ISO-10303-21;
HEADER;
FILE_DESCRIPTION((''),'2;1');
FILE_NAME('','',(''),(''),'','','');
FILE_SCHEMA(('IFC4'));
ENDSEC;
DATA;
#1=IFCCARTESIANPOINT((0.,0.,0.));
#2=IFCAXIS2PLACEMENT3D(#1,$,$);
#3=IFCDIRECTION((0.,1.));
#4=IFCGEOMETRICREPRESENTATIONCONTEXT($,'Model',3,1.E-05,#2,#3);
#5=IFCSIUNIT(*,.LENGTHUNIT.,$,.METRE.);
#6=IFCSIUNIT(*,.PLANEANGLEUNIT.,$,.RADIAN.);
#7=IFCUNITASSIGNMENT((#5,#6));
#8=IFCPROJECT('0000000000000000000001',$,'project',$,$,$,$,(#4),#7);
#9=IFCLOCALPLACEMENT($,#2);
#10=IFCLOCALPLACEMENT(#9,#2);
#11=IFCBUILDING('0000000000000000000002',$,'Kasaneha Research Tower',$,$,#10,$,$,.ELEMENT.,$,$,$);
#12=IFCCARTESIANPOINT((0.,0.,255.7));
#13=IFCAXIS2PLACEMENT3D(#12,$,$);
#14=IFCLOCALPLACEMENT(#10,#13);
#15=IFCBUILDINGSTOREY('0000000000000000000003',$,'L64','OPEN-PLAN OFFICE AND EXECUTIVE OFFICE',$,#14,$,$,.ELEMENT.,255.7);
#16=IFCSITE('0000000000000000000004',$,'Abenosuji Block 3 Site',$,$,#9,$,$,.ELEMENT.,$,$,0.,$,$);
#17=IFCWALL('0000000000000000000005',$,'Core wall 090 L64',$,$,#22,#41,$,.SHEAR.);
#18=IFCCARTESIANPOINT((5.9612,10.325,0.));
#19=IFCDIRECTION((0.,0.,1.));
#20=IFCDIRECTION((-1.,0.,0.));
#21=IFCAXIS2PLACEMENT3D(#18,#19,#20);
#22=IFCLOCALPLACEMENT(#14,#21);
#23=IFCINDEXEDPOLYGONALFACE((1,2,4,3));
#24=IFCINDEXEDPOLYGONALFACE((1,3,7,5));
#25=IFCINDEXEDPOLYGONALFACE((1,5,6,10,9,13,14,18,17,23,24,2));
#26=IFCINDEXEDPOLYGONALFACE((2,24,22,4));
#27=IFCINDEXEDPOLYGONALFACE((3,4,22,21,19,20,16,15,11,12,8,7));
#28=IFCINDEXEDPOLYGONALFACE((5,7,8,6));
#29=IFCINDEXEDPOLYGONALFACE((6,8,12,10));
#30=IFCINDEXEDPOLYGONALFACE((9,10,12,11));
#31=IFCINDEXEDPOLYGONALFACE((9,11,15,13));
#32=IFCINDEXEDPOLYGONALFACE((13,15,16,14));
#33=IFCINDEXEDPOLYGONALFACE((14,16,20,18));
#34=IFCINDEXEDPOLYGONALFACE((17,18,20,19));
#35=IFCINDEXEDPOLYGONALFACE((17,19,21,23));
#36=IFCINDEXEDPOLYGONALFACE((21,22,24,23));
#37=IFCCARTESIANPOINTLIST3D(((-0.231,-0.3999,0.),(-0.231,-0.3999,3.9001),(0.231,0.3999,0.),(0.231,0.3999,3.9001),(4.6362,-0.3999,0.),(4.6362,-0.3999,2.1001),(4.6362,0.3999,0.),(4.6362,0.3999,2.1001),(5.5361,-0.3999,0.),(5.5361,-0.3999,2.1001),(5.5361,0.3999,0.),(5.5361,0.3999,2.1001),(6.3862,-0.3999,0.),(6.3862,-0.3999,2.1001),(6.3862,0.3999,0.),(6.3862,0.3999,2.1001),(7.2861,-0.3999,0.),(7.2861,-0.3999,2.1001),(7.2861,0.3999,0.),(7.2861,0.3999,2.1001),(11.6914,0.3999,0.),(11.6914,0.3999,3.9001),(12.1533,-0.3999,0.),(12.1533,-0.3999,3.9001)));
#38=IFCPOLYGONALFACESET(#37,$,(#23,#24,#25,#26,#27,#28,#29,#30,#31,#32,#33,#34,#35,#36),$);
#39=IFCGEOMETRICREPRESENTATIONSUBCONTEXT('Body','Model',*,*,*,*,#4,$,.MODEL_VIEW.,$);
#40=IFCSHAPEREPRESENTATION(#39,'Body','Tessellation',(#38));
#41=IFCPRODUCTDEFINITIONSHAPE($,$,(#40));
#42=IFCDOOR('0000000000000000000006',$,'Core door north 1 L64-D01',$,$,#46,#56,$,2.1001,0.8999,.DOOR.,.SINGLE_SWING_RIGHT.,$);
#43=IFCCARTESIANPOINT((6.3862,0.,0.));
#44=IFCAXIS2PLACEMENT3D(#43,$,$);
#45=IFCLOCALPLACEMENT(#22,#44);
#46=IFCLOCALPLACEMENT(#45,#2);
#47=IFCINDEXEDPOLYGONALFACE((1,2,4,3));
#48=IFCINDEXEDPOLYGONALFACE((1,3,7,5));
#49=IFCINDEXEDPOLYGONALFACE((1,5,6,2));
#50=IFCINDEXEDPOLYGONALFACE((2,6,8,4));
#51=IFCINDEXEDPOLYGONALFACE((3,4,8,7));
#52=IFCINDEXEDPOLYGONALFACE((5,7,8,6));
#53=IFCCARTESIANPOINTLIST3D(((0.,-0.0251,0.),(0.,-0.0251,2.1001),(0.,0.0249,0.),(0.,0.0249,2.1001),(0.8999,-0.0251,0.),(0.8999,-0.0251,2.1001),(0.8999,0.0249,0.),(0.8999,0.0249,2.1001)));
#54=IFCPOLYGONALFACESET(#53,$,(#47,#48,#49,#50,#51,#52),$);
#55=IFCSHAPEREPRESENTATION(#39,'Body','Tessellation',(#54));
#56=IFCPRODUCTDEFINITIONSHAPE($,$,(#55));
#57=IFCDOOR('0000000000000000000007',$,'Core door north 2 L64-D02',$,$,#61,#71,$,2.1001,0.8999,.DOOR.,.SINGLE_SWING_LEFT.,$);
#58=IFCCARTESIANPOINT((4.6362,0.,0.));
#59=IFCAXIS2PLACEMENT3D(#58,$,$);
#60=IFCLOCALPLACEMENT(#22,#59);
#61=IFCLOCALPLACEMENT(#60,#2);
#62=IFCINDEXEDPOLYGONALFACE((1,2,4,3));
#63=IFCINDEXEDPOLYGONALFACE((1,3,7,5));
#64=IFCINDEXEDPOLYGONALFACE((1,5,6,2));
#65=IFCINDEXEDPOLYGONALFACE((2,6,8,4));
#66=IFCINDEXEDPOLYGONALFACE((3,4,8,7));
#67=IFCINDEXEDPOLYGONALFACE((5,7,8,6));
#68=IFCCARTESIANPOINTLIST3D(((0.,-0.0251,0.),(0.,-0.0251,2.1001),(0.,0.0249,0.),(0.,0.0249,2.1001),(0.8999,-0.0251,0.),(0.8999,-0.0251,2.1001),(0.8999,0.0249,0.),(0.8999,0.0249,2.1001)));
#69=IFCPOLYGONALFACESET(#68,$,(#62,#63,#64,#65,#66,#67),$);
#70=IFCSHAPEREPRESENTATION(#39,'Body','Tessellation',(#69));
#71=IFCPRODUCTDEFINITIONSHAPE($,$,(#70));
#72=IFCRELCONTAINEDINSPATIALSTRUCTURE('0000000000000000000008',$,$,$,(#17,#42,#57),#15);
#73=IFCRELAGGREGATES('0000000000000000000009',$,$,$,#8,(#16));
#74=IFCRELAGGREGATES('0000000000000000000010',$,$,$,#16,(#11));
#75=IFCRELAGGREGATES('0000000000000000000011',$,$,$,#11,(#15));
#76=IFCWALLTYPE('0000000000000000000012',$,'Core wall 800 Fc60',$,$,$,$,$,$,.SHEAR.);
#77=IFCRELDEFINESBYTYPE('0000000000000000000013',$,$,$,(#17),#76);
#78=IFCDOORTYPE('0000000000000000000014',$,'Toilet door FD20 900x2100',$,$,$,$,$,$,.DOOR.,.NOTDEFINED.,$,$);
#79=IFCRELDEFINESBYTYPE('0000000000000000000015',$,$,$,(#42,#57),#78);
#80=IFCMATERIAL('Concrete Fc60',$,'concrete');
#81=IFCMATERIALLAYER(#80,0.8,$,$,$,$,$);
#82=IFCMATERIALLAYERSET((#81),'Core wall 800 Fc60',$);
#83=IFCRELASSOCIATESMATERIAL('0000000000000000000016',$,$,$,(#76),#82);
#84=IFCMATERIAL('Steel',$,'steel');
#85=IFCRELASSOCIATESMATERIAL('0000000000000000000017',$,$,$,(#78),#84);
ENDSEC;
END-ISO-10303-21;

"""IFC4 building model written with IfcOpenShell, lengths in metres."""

from ifc_helpers import new_model, si_unit, direction, frame, frame_2d, origin, place, context, subcontext, project, spatial, polyline, rectangle, outline, extrude, material, layer, layer_set, type_object, element, fill, save


model = new_model("IFC4")

# Units and contexts
model_context = context("Model", 3, precision=1e-05, world=origin(), true_north=direction((0.0, 1.0)))
body_context = subcontext(model_context, "Body", "Model", "MODEL_VIEW")
ifc_project = project(units=[si_unit("LENGTHUNIT", "METRE"), si_unit("PLANEANGLEUNIT", "RADIAN")], contexts=[model_context])

# Site, building, storey
site_placement = place(None, origin())
site = spatial("IfcSite", under=ifc_project, at=site_placement, Name="Abenosuji Block 3 Site", CompositionType="ELEMENT", RefElevation=0.0)
building_placement = place(site_placement, origin())
building = spatial("IfcBuilding", under=site, at=building_placement, Name="Kasaneha Research Tower", CompositionType="ELEMENT")
storey_placement = place(building_placement, frame((0.0, 0.0, 255.7)))
storey = spatial("IfcBuildingStorey", under=building, at=storey_placement, Name="L64", Description="OPEN-PLAN OFFICE AND EXECUTIVE OFFICE", CompositionType="ELEMENT", Elevation=255.7)

# Wall, openings, doors
ifc_material_1 = material(Name="Concrete Fc60", Category="concrete")
ifc_layer_1 = layer(ifc_material_1, 0.8)
ifc_layer_set_1 = layer_set([ifc_layer_1], Name="Core wall 800 Fc60")
wall_type_1 = type_object("IfcWallType", Name="Core wall 800 Fc60", PredefinedType="SHEAR", material=ifc_layer_set_1)
wall_1_placement = place(storey_placement, frame((5.9612, 10.325, 0.0), z_axis=(0.0, 0.0, 1.0), x_axis=(-1.0, 0.0, 0.0)))
wall_1 = element("IfcWall", 1, at=wall_1_placement, inside=storey, type_object=wall_type_1, Name="Core wall 090 L64", PredefinedType="SHEAR", context=body_context, shape_type="SweptSolid", body=[
    extrude(outline(polyline([(-0.231, -0.3999), (4.6362, -0.3999), (5.5361, -0.3999), (6.3862, -0.3999), (7.2861, -0.3999), (12.1533, -0.3999), (11.6914, 0.3999), (7.2861, 0.3999), (6.3862, 0.3999), (5.5361, 0.3999), (4.6362, 0.3999), (0.231, 0.3999), (-0.231, -0.3999)])), origin(), (0.0, 0.0, 1.0), 3.9001),
])
opening_1_placement = place(wall_1_placement, frame((6.3862, 0.0, 0.0)))
opening_1 = element("IfcOpeningElement", 2, at=opening_1_placement, cuts=wall_1, PredefinedType="OPENING", context=body_context, shape_type="SweptSolid", body=[
    extrude(rectangle(XDim=0.8999, YDim=2.1001, at=frame_2d((0.45, 1.05))), frame((0.0, 0.4102, 0.0), z_axis=(0.0, -1.0, 0.0), x_axis=(1.0, 0.0, 0.0)), (0.0, 0.0, 1.0), 0.8201),
])
opening_2_placement = place(wall_1_placement, frame((4.6362, 0.0, 0.0)))
opening_2 = element("IfcOpeningElement", 3, at=opening_2_placement, cuts=wall_1, PredefinedType="OPENING", context=body_context, shape_type="SweptSolid", body=[
    extrude(rectangle(XDim=0.8999, YDim=2.1001, at=frame_2d((0.45, 1.05))), frame((0.0, 0.4102, 0.0), z_axis=(0.0, -1.0, 0.0), x_axis=(1.0, 0.0, 0.0)), (0.0, 0.0, 1.0), 0.8201),
])
ifc_material_2 = material(Name="Steel", Category="steel")
door_type_1 = type_object("IfcDoorType", Name="Toilet door FD20 900x2100", OperationType="NOTDEFINED", PredefinedType="DOOR", material=ifc_material_2)
door_1_placement = place(opening_1_placement, origin())
door_1 = element("IfcDoor", 4, at=door_1_placement, inside=storey, type_object=door_type_1, Name="Core door north 1 L64-D01", OperationType="SINGLE_SWING_RIGHT", OverallHeight=2.1001, OverallWidth=0.8999, PredefinedType="DOOR", context=body_context, shape_type="SweptSolid", body=[
    extrude(rectangle(XDim=0.8999, YDim=2.1001, at=frame_2d((0.45, 1.05))), frame((0.0, 0.0249, 0.0), z_axis=(0.0, -1.0, 0.0), x_axis=(1.0, 0.0, 0.0)), (0.0, 0.0, 1.0), 0.05),
])
fill(opening_1, door_1)
door_2_placement = place(opening_2_placement, origin())
door_2 = element("IfcDoor", 5, at=door_2_placement, inside=storey, type_object=door_type_1, Name="Core door north 2 L64-D02", OperationType="SINGLE_SWING_LEFT", OverallHeight=2.1001, OverallWidth=0.8999, PredefinedType="DOOR", context=body_context, shape_type="SweptSolid", body=[
    extrude(rectangle(XDim=0.8999, YDim=2.1001, at=frame_2d((0.45, 1.05))), frame((0.0, 0.0249, 0.0), z_axis=(0.0, -1.0, 0.0), x_axis=(1.0, 0.0, 0.0)), (0.0, 0.0, 1.0), 0.05),
])
fill(opening_2, door_2)

save(model, "model.ifc")
